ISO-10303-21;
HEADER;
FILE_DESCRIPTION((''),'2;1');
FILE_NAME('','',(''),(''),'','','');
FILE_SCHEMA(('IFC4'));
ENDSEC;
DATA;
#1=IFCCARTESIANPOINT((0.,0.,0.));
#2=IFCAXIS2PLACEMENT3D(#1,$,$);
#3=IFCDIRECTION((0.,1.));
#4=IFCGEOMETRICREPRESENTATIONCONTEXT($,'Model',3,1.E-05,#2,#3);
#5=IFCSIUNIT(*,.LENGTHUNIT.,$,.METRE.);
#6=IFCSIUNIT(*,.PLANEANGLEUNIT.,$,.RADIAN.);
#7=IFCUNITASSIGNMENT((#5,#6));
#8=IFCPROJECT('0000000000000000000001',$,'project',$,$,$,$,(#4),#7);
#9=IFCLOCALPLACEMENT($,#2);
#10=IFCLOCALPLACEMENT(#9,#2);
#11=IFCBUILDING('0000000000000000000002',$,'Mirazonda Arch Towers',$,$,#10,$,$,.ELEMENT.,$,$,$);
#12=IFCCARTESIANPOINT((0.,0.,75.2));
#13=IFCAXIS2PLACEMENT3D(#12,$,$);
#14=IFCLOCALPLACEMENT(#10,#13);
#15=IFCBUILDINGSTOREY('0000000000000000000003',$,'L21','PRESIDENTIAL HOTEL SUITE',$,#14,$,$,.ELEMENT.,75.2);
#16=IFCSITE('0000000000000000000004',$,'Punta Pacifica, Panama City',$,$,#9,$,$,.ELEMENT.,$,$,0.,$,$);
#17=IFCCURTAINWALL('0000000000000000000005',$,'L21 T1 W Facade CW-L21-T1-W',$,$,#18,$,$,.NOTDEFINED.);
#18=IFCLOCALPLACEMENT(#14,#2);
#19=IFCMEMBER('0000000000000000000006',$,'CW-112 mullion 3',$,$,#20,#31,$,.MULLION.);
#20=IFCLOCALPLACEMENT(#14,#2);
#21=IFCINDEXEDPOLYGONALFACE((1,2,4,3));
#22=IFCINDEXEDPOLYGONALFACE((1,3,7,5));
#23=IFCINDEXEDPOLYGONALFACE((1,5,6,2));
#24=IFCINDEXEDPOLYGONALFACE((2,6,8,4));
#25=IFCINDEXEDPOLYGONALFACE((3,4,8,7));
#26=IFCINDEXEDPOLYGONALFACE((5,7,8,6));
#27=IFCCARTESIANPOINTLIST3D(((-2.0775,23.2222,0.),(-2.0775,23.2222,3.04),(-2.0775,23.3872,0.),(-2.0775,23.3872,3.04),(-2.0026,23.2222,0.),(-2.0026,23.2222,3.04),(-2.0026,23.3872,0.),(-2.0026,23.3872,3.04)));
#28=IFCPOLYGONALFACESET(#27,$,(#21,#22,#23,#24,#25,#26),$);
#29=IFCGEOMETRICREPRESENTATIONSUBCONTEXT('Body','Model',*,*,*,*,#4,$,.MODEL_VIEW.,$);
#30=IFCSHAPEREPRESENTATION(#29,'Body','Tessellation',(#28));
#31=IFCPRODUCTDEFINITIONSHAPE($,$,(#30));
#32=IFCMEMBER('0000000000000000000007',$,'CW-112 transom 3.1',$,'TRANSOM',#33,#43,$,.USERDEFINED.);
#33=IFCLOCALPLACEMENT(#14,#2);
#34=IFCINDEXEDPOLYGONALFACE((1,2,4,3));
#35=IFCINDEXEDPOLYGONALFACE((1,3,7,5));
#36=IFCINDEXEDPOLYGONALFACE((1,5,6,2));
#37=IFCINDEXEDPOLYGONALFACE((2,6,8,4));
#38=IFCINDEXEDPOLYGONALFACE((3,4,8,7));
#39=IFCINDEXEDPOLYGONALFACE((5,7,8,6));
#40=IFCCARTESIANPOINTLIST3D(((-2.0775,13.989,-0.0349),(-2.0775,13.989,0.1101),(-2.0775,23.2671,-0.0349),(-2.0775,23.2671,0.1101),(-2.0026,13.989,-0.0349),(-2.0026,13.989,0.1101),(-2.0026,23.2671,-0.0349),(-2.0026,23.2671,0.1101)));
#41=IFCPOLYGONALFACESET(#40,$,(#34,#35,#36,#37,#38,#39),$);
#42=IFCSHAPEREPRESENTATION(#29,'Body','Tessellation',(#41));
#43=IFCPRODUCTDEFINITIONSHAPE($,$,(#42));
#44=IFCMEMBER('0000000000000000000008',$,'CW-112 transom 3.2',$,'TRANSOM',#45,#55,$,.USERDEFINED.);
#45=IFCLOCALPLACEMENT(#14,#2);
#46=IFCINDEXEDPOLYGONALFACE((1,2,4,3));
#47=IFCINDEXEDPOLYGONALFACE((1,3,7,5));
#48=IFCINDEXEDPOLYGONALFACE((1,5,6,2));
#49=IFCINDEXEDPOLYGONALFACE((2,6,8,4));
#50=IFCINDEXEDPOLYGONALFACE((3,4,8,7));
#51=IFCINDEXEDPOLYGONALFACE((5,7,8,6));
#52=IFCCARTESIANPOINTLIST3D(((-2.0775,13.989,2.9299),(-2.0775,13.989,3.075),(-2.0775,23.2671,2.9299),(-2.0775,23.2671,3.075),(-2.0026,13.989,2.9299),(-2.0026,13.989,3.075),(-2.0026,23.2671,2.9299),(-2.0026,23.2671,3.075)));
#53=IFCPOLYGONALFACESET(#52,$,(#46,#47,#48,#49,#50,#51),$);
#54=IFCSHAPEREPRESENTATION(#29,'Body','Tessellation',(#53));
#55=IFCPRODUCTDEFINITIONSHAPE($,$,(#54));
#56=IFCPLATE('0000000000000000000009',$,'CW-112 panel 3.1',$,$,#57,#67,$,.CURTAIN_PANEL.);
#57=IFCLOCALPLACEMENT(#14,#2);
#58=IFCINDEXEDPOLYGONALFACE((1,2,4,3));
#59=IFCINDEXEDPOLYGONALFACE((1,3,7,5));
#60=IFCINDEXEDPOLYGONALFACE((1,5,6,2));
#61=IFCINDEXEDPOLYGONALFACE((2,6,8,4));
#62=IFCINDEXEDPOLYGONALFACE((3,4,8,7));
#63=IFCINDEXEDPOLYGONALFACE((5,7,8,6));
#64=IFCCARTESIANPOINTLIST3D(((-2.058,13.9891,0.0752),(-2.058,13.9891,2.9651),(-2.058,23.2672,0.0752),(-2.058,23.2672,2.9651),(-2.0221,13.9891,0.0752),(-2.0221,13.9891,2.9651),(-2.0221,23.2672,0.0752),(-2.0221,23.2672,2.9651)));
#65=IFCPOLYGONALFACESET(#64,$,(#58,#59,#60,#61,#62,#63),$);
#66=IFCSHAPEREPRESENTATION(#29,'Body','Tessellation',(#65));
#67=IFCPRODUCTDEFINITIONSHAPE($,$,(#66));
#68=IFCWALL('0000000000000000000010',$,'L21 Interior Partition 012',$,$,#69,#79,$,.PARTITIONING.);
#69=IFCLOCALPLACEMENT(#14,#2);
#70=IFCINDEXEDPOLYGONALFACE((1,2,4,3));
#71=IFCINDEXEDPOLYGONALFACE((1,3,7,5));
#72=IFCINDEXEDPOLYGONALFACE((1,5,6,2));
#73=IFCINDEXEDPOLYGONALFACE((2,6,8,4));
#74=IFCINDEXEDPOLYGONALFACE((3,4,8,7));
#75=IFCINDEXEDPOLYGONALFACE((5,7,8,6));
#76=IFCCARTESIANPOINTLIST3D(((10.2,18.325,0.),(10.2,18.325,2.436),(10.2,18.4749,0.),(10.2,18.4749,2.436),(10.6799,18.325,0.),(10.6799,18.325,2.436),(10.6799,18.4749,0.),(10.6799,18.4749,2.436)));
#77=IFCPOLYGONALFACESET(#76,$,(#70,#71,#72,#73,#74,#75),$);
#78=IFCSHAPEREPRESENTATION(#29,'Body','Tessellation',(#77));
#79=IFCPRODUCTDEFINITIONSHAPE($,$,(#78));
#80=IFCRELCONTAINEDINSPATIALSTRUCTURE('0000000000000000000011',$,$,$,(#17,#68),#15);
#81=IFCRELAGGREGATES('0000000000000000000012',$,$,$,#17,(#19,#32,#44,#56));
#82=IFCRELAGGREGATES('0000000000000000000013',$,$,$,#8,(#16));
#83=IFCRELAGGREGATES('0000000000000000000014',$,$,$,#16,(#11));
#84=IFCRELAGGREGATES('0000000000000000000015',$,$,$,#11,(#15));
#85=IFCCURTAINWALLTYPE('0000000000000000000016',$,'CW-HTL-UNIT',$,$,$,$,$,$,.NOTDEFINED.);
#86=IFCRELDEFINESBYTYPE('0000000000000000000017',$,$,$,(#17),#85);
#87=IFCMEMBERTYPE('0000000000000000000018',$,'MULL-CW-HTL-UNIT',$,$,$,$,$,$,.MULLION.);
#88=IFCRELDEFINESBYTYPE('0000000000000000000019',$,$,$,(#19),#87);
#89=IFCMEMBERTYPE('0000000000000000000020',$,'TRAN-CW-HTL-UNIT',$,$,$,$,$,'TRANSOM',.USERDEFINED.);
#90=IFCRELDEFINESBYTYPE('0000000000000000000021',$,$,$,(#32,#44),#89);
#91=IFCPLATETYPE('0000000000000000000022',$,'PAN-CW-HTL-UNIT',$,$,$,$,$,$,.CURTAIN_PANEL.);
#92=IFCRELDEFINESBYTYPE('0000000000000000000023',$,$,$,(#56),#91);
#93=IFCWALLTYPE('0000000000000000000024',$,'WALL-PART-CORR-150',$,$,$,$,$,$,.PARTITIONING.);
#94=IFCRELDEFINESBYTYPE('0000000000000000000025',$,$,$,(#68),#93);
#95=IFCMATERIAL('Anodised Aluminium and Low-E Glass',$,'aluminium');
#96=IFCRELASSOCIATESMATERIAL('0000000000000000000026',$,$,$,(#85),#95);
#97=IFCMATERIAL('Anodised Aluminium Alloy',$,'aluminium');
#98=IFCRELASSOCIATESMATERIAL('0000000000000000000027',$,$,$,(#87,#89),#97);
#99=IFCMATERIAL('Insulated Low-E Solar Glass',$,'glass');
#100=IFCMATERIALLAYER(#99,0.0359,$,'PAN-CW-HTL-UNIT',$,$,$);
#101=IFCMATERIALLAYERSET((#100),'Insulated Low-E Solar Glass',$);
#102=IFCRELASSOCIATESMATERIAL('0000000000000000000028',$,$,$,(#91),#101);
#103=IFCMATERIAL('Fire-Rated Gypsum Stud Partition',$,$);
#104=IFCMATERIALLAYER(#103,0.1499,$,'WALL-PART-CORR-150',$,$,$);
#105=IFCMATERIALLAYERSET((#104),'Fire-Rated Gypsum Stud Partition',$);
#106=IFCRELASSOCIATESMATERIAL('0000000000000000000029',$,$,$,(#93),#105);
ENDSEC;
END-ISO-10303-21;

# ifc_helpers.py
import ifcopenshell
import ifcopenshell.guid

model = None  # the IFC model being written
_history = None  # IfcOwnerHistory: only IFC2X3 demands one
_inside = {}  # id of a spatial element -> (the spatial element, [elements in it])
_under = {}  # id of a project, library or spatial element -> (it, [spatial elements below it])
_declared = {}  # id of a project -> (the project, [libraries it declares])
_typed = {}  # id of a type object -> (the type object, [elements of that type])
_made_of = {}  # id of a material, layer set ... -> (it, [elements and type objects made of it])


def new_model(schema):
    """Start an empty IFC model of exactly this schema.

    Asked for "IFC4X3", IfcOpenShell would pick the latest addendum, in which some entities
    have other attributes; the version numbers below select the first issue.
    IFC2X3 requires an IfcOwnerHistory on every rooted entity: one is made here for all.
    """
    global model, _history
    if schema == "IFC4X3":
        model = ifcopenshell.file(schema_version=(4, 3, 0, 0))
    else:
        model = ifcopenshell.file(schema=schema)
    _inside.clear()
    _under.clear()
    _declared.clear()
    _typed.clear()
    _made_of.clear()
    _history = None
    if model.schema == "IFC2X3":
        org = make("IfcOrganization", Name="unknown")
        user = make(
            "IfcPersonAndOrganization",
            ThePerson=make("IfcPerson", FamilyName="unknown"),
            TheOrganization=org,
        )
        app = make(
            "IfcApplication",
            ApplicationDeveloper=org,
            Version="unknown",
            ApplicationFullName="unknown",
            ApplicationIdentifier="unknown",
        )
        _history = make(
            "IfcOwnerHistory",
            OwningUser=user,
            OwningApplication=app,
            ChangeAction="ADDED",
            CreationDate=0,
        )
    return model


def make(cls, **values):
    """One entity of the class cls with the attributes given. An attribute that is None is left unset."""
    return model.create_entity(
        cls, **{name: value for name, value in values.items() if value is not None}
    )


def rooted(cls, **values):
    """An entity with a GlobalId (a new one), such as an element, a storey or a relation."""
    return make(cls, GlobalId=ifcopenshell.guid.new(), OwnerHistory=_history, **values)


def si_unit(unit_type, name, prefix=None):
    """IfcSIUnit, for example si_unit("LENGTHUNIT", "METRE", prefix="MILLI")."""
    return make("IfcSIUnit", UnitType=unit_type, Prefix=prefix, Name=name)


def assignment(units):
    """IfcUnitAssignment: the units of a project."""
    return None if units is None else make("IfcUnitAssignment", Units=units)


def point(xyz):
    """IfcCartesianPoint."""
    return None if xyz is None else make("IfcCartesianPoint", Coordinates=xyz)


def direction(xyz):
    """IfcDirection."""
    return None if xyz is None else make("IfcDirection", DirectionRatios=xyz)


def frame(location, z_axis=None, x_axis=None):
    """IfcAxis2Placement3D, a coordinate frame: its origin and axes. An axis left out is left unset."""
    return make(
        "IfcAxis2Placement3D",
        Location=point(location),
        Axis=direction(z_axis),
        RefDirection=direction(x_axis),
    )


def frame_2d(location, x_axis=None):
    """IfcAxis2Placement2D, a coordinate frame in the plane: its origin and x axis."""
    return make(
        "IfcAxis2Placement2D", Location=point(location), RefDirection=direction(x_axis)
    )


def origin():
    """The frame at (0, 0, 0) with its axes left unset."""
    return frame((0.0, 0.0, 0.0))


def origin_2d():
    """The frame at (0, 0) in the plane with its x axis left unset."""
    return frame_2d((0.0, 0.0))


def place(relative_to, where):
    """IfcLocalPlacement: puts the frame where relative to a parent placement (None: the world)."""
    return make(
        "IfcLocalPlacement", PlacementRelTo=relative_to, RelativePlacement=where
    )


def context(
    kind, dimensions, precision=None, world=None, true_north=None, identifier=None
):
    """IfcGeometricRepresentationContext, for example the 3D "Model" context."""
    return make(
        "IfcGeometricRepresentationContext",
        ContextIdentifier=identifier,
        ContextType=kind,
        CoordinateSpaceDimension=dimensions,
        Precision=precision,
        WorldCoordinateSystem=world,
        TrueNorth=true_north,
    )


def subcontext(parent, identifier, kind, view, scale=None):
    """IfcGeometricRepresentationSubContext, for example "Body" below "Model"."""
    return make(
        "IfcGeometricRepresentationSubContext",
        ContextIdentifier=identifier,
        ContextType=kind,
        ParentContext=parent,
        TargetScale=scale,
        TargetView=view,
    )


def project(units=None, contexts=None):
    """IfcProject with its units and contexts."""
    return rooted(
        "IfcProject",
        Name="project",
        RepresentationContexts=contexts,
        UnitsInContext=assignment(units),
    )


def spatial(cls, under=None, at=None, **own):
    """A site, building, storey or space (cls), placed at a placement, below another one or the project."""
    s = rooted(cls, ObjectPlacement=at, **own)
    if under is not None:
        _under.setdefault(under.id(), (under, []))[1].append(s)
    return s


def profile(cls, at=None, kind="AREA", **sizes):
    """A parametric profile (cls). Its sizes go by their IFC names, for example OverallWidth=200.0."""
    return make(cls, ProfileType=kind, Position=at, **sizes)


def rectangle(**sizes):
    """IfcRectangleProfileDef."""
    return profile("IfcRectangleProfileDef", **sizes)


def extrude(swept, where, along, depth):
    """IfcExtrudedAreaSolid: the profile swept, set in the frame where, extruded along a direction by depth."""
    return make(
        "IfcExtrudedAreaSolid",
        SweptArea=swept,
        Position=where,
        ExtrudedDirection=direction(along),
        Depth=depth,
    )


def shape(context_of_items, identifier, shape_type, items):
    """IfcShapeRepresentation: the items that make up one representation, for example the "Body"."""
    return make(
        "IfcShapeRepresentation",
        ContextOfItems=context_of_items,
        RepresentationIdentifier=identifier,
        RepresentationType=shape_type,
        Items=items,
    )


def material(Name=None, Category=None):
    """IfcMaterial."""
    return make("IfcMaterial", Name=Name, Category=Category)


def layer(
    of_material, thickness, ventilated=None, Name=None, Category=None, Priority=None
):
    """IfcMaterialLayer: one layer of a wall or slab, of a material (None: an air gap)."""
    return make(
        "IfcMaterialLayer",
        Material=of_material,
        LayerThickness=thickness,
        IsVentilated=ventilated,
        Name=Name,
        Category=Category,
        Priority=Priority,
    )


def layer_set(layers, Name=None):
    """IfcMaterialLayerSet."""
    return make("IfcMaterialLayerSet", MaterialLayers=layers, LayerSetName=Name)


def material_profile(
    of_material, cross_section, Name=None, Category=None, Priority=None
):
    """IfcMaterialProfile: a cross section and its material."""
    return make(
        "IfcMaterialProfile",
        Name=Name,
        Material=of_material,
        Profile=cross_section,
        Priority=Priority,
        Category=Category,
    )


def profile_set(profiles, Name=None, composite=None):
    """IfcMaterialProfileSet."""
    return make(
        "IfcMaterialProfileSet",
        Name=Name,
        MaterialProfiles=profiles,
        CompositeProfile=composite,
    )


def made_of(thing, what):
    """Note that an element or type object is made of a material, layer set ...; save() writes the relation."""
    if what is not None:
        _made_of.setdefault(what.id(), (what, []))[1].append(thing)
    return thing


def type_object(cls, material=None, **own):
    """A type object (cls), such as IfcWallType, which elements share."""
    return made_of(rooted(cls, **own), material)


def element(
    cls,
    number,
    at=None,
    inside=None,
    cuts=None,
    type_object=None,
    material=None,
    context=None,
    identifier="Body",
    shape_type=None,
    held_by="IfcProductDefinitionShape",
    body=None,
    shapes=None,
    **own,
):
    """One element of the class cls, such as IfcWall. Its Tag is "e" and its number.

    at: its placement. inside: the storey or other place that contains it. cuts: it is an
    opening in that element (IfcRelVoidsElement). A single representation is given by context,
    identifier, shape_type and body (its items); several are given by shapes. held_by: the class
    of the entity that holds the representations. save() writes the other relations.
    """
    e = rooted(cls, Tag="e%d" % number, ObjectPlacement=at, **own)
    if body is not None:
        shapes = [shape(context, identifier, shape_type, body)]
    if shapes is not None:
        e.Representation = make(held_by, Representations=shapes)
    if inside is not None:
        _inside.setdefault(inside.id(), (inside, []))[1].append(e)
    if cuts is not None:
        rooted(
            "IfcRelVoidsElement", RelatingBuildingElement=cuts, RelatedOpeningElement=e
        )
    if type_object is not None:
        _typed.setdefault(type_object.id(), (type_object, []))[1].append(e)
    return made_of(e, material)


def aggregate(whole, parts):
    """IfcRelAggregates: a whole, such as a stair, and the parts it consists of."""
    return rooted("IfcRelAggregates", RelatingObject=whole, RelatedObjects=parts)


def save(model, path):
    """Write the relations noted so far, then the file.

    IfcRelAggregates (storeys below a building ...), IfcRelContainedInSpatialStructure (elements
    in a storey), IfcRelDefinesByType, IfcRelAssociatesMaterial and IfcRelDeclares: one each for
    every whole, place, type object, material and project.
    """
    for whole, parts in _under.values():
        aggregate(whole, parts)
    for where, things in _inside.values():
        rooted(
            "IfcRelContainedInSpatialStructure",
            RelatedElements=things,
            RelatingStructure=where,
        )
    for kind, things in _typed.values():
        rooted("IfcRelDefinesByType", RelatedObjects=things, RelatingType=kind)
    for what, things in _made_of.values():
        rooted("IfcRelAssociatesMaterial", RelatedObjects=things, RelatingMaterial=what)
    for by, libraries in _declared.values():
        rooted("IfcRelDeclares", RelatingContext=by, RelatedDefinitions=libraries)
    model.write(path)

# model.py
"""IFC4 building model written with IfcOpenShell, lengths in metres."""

from ifc_helpers import new_model, si_unit, direction, frame, frame_2d, origin, origin_2d, place, context, subcontext, project, spatial, rectangle, extrude, material, layer, layer_set, material_profile, profile_set, type_object, element, aggregate, save


model = new_model("IFC4")

# Units and contexts
model_context = context("Model", 3, precision=1e-05, world=origin(), true_north=direction((0.0, 1.0)))
body_context = subcontext(model_context, "Body", "Model", "MODEL_VIEW")
ifc_project = project(units=[si_unit("LENGTHUNIT", "METRE"), si_unit("PLANEANGLEUNIT", "RADIAN")], contexts=[model_context])

# Site, building, storey
site_placement = place(None, origin())
site = spatial("IfcSite", under=ifc_project, at=site_placement, Name="Punta Pacifica, Panama City", CompositionType="ELEMENT", RefElevation=0.0)
building_placement = place(site_placement, origin())
building = spatial("IfcBuilding", under=site, at=building_placement, Name="Mirazonda Arch Towers", CompositionType="ELEMENT")
storey_placement = place(building_placement, frame((0.0, 0.0, 75.2)))
storey = spatial("IfcBuildingStorey", under=building, at=storey_placement, Name="L21", Description="PRESIDENTIAL HOTEL SUITE", CompositionType="ELEMENT", Elevation=75.2)

# Curtain wall, members, plate
ifc_material_1 = material(Name="Anodised Aluminium and Low-E Glass", Category="aluminium")
curtain_wall_type = type_object("IfcCurtainWallType", Name="CW-HTL-UNIT", PredefinedType="NOTDEFINED", material=ifc_material_1)
curtain_wall_placement = place(storey_placement, origin())
curtain_wall = element("IfcCurtainWall", 1, at=curtain_wall_placement, inside=storey, type_object=curtain_wall_type, Name="L21 T1 W Facade CW-L21-T1-W", PredefinedType="NOTDEFINED")
ifc_material_2 = material(Name="Anodised Aluminium Alloy", Category="aluminium")
ifc_material_profile_1 = material_profile(ifc_material_2, rectangle(XDim=0.075, YDim=0.165, at=origin_2d()), Name="ALU-MULL-75x165")
ifc_profile_set_1 = profile_set([ifc_material_profile_1], Name="Anodised Aluminium Alloy")
member_type_1 = type_object("IfcMemberType", Name="MULL-CW-HTL-UNIT", PredefinedType="MULLION", material=ifc_profile_set_1)
member_1_placement = place(storey_placement, frame((-2.04, 23.3047, 0.0), z_axis=(0.0, 0.0, 1.0), x_axis=(1.0, 0.0, 0.0)))
member_1 = element("IfcMember", 2, at=member_1_placement, type_object=member_type_1, Name="CW-112 mullion 3", PredefinedType="MULLION", context=body_context, shape_type="SweptSolid", body=[
    extrude(rectangle(XDim=0.075, YDim=0.165, at=origin_2d()), origin(), (0.0, 0.0, 1.0), 3.04),
])
ifc_material_profile_2 = material_profile(ifc_material_2, rectangle(XDim=0.075, YDim=0.145, at=origin_2d()), Name="ALU-TRAN-75x145")
ifc_profile_set_2 = profile_set([ifc_material_profile_2], Name="Anodised Aluminium Alloy")
member_type_2 = type_object("IfcMemberType", Name="TRAN-CW-HTL-UNIT", ElementType="TRANSOM", PredefinedType="USERDEFINED", material=ifc_profile_set_2)
member_2_placement = place(storey_placement, frame((-2.04, 23.2671, 0.0376), z_axis=(0.0, -1.0, 0.0), x_axis=(1.0, 0.0, 0.0)))
member_2 = element("IfcMember", 3, at=member_2_placement, type_object=member_type_2, Name="CW-112 transom 3.1", ObjectType="TRANSOM", PredefinedType="USERDEFINED", context=body_context, shape_type="SweptSolid", body=[
    extrude(rectangle(XDim=0.075, YDim=0.145, at=origin_2d()), origin(), (0.0, 0.0, 1.0), 9.2781),
])
member_3_placement = place(storey_placement, frame((-2.04, 23.2671, 3.0024), z_axis=(0.0, -1.0, 0.0), x_axis=(1.0, 0.0, 0.0)))
member_3 = element("IfcMember", 4, at=member_3_placement, type_object=member_type_2, Name="CW-112 transom 3.2", ObjectType="TRANSOM", PredefinedType="USERDEFINED", context=body_context, shape_type="SweptSolid", body=[
    extrude(rectangle(XDim=0.075, YDim=0.145, at=origin_2d()), origin(), (0.0, 0.0, 1.0), 9.2781),
])
ifc_material_3 = material(Name="Insulated Low-E Solar Glass", Category="glass")
ifc_layer_1 = layer(ifc_material_3, 0.0359, Name="PAN-CW-HTL-UNIT")
ifc_layer_set_1 = layer_set([ifc_layer_1], Name="Insulated Low-E Solar Glass")
plate_type = type_object("IfcPlateType", Name="PAN-CW-HTL-UNIT", PredefinedType="CURTAIN_PANEL", material=ifc_layer_set_1)
plate_placement = place(storey_placement, frame((-2.04, 18.6282, 0.0752), z_axis=(0.0, 0.0, 1.0), x_axis=(0.0, -1.0, 0.0)))
plate = element("IfcPlate", 5, at=plate_placement, type_object=plate_type, Name="CW-112 panel 3.1", PredefinedType="CURTAIN_PANEL", context=body_context, shape_type="SweptSolid", body=[
    extrude(rectangle(XDim=9.2781, YDim=0.0359, at=origin_2d()), origin(), (0.0, 0.0, 1.0), 2.8899),
])
aggregate(curtain_wall, [member_1, member_2, member_3, plate])

# Wall
ifc_material_4 = material(Name="Fire-Rated Gypsum Stud Partition")
ifc_layer_2 = layer(ifc_material_4, 0.1499, Name="WALL-PART-CORR-150")
ifc_layer_set_2 = layer_set([ifc_layer_2], Name="Fire-Rated Gypsum Stud Partition")
wall_type = type_object("IfcWallType", Name="WALL-PART-CORR-150", PredefinedType="PARTITIONING", material=ifc_layer_set_2)
wall_placement = place(storey_placement, frame((10.2, 18.3999, 0.0), z_axis=(0.0, 0.0, 1.0), x_axis=(1.0, 0.0, 0.0)))
element("IfcWall", 6, at=wall_placement, inside=storey, type_object=wall_type, Name="L21 Interior Partition 012", PredefinedType="PARTITIONING", context=body_context, shape_type="SweptSolid", body=[
    extrude(rectangle(XDim=0.48, YDim=0.1499, at=frame_2d((0.24, 0.0))), origin(), (0.0, 0.0, 1.0), 2.436),
])

save(model, "model.ifc")
